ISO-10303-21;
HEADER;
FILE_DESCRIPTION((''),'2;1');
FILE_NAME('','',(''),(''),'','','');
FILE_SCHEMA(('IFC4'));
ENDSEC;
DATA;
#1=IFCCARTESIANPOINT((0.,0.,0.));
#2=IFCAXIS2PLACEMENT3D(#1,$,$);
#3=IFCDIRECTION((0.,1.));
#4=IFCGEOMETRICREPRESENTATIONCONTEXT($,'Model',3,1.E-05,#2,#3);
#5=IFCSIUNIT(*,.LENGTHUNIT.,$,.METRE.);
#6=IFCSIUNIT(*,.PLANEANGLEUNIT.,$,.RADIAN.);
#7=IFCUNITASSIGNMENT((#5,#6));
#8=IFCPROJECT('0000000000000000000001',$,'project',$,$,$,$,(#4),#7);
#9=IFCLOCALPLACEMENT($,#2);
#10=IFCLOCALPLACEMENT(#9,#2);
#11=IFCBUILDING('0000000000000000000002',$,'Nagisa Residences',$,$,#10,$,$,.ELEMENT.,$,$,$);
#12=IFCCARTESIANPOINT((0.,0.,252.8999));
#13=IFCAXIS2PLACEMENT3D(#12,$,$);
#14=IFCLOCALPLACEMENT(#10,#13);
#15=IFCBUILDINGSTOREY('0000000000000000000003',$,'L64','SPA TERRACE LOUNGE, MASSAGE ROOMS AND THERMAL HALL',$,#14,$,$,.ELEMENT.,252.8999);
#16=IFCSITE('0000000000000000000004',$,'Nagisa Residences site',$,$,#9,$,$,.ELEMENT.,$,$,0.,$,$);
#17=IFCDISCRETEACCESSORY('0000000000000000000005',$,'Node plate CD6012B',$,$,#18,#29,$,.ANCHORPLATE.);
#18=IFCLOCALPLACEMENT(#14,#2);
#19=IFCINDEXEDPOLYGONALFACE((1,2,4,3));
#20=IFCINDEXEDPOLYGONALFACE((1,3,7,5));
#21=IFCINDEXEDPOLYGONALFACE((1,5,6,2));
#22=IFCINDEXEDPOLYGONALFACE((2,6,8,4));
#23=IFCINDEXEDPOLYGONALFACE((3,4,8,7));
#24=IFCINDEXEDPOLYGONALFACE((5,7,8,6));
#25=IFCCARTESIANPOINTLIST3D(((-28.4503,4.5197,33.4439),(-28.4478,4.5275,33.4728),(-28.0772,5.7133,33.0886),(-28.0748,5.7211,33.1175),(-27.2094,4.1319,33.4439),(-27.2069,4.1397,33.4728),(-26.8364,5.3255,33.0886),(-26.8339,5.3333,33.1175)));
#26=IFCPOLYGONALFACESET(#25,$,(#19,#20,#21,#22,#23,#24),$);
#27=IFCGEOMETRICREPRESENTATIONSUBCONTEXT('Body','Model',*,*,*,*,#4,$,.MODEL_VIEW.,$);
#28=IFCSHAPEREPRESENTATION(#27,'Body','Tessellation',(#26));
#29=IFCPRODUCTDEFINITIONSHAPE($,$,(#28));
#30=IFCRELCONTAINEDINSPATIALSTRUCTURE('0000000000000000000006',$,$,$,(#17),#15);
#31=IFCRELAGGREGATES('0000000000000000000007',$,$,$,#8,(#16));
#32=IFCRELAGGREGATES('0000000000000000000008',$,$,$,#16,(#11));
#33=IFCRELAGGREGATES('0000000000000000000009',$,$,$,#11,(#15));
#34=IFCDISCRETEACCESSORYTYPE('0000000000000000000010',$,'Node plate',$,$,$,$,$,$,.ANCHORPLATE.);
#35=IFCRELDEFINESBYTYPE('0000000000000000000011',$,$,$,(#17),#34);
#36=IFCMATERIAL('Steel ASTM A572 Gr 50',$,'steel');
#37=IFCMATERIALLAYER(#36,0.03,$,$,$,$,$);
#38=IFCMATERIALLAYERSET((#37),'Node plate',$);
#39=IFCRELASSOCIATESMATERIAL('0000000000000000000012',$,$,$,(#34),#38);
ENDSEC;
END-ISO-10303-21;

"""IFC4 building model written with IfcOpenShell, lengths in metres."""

from ifc_helpers import new_model, si_unit, direction, frame, origin, origin_2d, place, context, subcontext, project, spatial, rectangle, extrude, material, layer, layer_set, type_object, element, save


model = new_model("IFC4")

# Units and contexts
model_context = context("Model", 3, precision=1e-05, world=origin(), true_north=direction((0.0, 1.0)))
body_context = subcontext(model_context, "Body", "Model", "MODEL_VIEW")
ifc_project = project(units=[si_unit("LENGTHUNIT", "METRE"), si_unit("PLANEANGLEUNIT", "RADIAN")], contexts=[model_context])

# Site, building, storey
site_placement = place(None, origin())
site = spatial("IfcSite", under=ifc_project, at=site_placement, Name="Nagisa Residences site", CompositionType="ELEMENT", RefElevation=0.0)
building_placement = place(site_placement, origin())
building = spatial("IfcBuilding", under=site, at=building_placement, Name="Nagisa Residences", CompositionType="ELEMENT")
storey_placement = place(building_placement, frame((0.0, 0.0, 252.8999)))
storey = spatial("IfcBuildingStorey", under=building, at=storey_placement, Name="L64", Description="SPA TERRACE LOUNGE, MASSAGE ROOMS AND THERMAL HALL", CompositionType="ELEMENT", Elevation=252.8999)

# Discrete accessory
ifc_material_1 = material(Name="Steel ASTM A572 Gr 50", Category="steel")
ifc_layer = layer(ifc_material_1, 0.03)
ifc_layer_set = layer_set([ifc_layer], Name="Node plate")
discrete_accessory_type = type_object("IfcDiscreteAccessoryType", Name="Node plate", PredefinedType="ANCHORPLATE", material=ifc_layer_set)
for number, where, z_axis, x_axis, name in (
    (1, (-27.6409, 4.9304, 33.2952), (-0.081519, -0.260862, -0.961928), (0.95448, -0.298275, 0.0), "Node plate CD6012B"),
):
    element("IfcDiscreteAccessory", number, at=place(storey_placement, frame(where, z_axis=z_axis, x_axis=x_axis)), inside=storey, type_object=discrete_accessory_type, Name=name, PredefinedType="ANCHORPLATE", context=body_context, shape_type="SweptSolid", body=[
        extrude(rectangle(XDim=1.3, YDim=1.3, at=origin_2d()), origin(), (0.0, 0.0, 1.0), 0.03),
    ])

save(model, "model.ifc")
